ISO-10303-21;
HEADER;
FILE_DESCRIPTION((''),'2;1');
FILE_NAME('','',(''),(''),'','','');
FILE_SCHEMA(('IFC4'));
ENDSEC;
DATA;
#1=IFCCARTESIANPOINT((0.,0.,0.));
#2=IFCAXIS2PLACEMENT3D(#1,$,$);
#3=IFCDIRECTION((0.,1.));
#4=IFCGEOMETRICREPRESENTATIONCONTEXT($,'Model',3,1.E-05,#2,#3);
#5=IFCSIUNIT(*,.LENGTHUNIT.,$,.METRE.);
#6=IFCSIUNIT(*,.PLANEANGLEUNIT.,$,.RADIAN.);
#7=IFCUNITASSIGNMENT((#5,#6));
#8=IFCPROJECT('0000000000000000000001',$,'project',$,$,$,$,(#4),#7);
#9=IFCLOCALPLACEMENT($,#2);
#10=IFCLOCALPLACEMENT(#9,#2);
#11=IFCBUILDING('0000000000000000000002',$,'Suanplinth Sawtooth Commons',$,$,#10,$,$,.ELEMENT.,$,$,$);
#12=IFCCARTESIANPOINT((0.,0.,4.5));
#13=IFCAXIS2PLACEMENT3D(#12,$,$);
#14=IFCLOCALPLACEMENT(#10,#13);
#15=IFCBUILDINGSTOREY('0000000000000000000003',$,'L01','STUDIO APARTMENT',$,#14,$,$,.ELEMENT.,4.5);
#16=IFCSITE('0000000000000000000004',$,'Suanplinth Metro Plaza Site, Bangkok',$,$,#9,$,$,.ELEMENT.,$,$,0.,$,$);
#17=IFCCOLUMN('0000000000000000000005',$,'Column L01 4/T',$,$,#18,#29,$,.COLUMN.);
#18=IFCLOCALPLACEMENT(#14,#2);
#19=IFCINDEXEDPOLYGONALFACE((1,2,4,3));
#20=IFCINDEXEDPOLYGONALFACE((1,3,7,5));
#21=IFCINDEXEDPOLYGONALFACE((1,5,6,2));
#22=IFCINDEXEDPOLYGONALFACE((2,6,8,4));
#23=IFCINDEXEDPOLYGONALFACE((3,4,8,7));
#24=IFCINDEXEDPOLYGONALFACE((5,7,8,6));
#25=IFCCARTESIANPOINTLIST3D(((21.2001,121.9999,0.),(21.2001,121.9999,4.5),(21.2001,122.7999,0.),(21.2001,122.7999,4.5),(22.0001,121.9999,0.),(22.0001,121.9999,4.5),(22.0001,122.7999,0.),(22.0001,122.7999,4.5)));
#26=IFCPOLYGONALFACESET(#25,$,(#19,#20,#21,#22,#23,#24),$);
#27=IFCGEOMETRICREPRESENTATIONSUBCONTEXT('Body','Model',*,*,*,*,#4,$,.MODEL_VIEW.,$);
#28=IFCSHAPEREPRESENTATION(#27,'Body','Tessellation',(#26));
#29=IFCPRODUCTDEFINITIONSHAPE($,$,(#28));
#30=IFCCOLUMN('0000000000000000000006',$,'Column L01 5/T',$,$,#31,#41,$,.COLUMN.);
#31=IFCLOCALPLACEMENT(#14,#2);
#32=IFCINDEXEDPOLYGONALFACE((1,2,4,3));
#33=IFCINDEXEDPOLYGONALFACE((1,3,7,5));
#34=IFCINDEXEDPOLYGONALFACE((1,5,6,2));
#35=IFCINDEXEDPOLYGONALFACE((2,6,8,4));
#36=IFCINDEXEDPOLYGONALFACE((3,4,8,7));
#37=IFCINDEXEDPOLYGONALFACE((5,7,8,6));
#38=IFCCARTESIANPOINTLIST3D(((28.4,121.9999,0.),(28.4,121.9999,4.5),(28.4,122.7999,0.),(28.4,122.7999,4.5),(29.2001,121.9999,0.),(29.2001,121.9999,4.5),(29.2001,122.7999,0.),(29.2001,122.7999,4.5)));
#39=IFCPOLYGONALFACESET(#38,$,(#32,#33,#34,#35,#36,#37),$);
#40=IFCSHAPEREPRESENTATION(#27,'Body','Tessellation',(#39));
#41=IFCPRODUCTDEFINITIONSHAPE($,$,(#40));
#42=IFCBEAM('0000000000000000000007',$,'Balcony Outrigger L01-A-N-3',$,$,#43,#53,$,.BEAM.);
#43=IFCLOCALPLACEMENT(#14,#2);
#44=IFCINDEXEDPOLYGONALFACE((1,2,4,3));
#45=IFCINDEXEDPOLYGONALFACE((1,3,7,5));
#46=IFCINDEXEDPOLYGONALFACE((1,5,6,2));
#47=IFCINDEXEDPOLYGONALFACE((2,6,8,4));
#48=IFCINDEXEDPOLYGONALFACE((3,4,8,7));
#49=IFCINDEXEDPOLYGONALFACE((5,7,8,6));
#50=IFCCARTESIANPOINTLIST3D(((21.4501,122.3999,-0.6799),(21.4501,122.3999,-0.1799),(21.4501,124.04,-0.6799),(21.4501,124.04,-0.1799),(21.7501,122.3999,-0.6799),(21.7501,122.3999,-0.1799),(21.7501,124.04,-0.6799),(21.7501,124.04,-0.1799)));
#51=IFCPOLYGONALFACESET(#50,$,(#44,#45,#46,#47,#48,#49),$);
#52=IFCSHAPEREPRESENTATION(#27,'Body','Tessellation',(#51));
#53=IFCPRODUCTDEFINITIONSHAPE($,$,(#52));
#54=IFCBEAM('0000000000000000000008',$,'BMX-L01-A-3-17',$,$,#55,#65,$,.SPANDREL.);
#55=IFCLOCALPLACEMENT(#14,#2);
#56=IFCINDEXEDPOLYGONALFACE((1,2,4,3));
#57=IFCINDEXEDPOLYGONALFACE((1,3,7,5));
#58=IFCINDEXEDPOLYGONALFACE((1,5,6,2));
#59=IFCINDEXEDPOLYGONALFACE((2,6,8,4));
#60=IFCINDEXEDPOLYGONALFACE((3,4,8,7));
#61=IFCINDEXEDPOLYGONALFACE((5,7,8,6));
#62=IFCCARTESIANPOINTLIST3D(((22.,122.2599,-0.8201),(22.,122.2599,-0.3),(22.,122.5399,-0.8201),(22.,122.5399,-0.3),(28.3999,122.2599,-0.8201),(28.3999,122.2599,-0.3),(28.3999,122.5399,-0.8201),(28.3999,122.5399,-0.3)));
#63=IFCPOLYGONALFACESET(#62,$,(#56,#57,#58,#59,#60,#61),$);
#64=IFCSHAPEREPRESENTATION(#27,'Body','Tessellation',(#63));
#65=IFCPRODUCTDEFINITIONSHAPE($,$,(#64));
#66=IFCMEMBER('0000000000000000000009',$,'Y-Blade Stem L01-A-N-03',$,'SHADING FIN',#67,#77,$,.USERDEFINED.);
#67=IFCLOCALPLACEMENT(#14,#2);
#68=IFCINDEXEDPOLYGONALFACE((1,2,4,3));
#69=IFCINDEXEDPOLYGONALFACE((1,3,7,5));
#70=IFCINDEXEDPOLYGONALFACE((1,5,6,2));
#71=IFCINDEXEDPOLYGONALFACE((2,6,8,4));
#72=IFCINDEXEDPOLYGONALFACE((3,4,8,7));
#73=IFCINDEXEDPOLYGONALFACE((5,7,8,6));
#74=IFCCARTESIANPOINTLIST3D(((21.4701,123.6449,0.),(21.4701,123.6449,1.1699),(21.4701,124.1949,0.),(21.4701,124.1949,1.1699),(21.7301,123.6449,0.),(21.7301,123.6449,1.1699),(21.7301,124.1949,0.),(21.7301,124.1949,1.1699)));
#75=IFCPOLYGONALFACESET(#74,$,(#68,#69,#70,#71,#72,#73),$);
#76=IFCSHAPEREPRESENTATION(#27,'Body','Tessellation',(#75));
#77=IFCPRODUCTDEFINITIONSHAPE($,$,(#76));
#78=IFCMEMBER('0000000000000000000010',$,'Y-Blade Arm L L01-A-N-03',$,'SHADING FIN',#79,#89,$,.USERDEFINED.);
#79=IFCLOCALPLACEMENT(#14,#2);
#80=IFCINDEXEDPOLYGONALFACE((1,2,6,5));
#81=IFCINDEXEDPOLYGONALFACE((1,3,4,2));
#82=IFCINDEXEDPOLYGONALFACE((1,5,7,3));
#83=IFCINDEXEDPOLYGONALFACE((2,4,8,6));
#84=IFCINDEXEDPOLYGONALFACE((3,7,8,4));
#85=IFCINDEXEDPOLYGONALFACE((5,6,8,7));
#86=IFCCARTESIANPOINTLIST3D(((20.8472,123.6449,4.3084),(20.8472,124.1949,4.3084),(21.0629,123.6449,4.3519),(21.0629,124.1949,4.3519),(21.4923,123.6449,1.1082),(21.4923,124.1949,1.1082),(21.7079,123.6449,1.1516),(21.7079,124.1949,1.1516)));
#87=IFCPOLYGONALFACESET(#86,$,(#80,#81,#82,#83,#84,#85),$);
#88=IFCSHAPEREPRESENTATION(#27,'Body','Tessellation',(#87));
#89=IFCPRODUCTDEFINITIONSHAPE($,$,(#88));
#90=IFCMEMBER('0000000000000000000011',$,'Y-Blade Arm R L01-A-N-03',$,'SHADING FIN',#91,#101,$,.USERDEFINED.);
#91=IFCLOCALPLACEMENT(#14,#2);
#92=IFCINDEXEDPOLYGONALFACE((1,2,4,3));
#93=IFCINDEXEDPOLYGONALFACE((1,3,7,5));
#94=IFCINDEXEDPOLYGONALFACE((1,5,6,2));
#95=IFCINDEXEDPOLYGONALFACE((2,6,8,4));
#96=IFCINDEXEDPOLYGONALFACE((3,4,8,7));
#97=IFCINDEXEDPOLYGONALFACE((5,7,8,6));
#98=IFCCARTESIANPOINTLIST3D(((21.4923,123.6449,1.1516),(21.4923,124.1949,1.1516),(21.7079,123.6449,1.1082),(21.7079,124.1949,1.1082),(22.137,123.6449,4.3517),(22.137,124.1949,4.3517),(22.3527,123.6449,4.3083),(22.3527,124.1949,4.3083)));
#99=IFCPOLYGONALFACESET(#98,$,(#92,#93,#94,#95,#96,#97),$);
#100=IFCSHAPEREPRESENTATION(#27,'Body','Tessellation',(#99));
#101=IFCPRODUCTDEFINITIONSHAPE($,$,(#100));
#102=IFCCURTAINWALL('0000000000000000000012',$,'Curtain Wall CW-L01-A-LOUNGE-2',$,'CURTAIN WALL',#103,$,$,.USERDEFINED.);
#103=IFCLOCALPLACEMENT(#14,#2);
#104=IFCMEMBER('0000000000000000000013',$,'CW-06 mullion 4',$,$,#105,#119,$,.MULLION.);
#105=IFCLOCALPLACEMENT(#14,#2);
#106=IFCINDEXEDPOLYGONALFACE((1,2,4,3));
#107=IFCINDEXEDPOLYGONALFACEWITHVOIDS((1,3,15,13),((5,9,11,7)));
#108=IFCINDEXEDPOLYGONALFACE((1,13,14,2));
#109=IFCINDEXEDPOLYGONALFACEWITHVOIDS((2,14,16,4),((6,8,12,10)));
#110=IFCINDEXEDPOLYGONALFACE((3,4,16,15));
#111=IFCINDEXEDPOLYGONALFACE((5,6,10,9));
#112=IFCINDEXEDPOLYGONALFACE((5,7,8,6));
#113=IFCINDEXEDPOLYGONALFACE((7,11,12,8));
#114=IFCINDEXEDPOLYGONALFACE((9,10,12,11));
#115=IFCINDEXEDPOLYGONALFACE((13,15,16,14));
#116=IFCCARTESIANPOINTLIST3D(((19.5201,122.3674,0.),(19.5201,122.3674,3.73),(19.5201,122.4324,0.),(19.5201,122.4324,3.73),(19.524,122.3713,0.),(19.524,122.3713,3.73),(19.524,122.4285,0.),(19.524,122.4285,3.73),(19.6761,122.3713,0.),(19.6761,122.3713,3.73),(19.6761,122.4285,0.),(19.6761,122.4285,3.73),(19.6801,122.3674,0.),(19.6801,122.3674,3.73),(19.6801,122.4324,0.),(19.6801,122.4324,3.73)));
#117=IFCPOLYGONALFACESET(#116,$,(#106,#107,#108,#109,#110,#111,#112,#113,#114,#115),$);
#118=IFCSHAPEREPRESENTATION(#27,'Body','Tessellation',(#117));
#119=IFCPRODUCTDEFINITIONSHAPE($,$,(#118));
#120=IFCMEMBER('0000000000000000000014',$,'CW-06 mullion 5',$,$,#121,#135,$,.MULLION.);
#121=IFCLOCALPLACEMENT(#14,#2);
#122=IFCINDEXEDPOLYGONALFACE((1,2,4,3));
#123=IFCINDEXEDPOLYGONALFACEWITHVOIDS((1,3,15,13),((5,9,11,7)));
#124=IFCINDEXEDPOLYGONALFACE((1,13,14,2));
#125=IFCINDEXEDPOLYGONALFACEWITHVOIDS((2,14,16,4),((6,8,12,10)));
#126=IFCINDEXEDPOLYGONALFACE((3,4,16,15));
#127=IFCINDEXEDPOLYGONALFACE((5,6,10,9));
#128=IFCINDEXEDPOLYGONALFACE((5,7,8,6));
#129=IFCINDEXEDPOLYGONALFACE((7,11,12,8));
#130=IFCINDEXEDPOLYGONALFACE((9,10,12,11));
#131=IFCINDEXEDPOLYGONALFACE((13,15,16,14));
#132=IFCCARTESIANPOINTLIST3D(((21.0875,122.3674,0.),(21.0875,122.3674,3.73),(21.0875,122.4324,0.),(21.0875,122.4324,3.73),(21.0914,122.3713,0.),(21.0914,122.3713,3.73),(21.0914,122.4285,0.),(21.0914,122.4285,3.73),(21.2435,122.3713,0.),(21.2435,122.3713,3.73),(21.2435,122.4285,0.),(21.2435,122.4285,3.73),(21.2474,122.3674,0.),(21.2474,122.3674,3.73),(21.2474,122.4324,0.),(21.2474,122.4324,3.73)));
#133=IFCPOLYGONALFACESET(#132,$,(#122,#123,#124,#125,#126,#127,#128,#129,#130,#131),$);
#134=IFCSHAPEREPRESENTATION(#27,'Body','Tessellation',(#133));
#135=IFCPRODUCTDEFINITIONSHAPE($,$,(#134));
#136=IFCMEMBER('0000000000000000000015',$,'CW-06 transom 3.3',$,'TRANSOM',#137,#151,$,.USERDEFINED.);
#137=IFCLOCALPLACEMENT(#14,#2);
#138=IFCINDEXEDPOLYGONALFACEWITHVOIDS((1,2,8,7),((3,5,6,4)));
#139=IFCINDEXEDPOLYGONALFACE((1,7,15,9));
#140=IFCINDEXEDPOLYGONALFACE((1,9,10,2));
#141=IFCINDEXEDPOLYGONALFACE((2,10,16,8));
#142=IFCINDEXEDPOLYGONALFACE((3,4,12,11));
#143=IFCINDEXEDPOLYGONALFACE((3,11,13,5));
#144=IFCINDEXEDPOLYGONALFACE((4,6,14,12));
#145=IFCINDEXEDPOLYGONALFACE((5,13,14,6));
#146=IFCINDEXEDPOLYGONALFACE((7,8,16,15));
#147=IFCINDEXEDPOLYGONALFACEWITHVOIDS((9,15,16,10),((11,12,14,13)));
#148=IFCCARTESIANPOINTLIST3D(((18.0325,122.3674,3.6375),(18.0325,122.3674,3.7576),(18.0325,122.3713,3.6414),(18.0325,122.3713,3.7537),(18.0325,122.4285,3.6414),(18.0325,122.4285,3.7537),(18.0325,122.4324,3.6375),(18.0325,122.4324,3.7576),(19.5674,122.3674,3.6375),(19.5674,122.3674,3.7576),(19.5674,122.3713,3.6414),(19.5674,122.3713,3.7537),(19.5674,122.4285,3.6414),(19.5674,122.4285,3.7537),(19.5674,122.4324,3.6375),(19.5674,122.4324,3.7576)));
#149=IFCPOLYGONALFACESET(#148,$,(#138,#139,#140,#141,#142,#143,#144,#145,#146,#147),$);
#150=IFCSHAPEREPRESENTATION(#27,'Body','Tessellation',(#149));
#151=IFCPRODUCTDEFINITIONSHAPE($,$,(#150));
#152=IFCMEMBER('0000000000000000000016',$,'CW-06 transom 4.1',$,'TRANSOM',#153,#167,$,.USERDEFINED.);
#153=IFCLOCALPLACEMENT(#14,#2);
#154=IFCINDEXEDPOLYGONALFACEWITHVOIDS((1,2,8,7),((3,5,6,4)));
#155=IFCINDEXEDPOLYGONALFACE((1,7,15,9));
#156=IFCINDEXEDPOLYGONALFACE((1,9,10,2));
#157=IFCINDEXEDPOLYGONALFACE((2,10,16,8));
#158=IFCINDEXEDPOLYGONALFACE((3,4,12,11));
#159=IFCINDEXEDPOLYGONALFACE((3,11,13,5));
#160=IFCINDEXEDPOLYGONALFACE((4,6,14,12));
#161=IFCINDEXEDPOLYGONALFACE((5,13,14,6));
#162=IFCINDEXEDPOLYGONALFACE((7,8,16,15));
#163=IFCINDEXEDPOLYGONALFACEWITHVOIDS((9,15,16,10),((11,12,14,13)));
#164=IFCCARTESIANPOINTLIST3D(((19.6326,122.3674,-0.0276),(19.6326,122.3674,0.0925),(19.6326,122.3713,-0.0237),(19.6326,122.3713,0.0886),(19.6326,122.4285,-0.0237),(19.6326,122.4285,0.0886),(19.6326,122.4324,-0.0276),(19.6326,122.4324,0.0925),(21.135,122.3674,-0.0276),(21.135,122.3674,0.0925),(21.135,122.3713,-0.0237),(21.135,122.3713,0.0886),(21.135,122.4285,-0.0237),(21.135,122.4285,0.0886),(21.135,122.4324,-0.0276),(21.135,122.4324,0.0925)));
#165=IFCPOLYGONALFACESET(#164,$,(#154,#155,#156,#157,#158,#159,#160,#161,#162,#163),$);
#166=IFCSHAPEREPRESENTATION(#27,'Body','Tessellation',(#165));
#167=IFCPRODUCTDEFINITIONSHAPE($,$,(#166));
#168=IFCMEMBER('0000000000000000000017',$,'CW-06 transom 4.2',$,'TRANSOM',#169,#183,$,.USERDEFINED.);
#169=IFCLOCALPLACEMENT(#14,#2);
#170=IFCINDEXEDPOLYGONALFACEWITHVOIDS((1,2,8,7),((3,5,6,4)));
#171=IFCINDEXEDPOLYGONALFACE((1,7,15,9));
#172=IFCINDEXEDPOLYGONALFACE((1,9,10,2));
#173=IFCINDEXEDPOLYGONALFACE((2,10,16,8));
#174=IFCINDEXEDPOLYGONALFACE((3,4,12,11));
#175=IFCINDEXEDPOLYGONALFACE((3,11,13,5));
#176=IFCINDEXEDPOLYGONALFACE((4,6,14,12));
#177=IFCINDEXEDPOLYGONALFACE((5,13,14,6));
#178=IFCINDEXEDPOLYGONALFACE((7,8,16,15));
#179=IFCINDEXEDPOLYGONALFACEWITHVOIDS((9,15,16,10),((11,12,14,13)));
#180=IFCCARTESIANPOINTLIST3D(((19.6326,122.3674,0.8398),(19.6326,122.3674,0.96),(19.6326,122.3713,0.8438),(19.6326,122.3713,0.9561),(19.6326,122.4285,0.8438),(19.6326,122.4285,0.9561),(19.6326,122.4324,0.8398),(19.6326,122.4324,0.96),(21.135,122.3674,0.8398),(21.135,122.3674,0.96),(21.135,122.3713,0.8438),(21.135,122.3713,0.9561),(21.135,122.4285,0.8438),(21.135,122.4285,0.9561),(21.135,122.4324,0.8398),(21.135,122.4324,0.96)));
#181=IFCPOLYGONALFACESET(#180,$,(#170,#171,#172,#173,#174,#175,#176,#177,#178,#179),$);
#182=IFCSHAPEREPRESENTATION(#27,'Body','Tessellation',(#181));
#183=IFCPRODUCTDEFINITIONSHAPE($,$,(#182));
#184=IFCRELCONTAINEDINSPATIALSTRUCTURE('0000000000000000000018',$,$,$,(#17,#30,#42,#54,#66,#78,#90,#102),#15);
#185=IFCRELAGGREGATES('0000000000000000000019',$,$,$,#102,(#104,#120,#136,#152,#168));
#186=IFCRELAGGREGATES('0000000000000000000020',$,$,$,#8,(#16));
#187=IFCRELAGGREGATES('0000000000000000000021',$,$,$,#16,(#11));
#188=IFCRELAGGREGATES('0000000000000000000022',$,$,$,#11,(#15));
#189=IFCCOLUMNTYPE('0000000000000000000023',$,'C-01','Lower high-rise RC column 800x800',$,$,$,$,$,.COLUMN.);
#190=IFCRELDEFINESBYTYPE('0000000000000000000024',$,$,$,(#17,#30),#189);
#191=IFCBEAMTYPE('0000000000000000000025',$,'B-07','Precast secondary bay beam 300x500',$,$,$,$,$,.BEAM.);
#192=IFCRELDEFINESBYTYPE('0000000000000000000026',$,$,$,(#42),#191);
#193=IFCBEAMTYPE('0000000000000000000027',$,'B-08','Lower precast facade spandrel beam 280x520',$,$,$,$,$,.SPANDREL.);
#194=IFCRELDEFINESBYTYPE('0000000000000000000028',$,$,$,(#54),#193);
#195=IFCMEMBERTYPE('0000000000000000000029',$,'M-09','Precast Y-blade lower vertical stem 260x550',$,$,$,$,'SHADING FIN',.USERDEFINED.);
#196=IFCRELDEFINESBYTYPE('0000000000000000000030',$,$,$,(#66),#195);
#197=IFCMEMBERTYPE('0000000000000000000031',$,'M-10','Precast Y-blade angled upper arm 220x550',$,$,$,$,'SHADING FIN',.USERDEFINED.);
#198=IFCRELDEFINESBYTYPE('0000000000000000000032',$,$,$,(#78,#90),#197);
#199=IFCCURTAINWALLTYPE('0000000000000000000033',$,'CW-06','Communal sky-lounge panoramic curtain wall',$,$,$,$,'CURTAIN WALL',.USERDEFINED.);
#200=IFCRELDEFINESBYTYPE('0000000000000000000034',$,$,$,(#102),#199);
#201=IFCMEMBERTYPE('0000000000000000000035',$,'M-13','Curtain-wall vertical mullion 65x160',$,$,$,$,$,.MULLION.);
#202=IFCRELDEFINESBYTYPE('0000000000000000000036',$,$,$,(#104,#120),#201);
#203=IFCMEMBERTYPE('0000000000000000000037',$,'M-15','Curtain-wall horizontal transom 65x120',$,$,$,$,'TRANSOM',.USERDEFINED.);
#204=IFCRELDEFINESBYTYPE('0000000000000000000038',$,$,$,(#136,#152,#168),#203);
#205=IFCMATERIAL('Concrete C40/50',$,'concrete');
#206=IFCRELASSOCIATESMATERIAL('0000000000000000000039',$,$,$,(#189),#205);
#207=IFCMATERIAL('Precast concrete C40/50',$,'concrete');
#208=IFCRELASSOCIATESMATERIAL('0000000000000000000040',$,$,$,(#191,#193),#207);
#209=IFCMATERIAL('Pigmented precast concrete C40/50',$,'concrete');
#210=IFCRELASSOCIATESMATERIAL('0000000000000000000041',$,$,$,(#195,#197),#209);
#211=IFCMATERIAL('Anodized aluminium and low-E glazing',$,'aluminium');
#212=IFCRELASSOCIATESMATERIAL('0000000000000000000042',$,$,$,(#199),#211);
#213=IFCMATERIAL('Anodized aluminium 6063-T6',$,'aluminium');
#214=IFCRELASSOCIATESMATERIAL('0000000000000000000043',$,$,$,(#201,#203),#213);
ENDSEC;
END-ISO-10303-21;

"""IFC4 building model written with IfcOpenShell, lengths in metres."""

from ifc_helpers import new_model, si_unit, direction, frame, origin, origin_2d, place, context, subcontext, project, spatial, rectangle, hollow_rectangle, extrude, material, material_profile, profile_set, type_object, element, aggregate, save


model = new_model("IFC4")

# Units and contexts
model_context = context("Model", 3, precision=1e-05, world=origin(), true_north=direction((0.0, 1.0)))
body_context = subcontext(model_context, "Body", "Model", "MODEL_VIEW")
ifc_project = project(units=[si_unit("LENGTHUNIT", "METRE"), si_unit("PLANEANGLEUNIT", "RADIAN")], contexts=[model_context])

# Site, building, storey
site_placement = place(None, origin())
site = spatial("IfcSite", under=ifc_project, at=site_placement, Name="Suanplinth Metro Plaza Site, Bangkok", CompositionType="ELEMENT", RefElevation=0.0)
building_placement = place(site_placement, origin())
building = spatial("IfcBuilding", under=site, at=building_placement, Name="Suanplinth Sawtooth Commons", CompositionType="ELEMENT")
storey_placement = place(building_placement, frame((0.0, 0.0, 4.5)))
storey = spatial("IfcBuildingStorey", under=building, at=storey_placement, Name="L01", Description="STUDIO APARTMENT", CompositionType="ELEMENT", Elevation=4.5)

# Columns
ifc_material_1 = material(Name="Concrete C40/50", Category="concrete")
ifc_material_profile_1 = material_profile(ifc_material_1, rectangle(XDim=0.8, YDim=0.8, at=origin_2d()), Name="RC-COL 800x800")
ifc_profile_set_1 = profile_set([ifc_material_profile_1], Name="Concrete C40/50")
column_type = type_object("IfcColumnType", Name="C-01", Description="Lower high-rise RC column 800x800", PredefinedType="COLUMN", material=ifc_profile_set_1)
for number, where, z_axis, x_axis, name in (
    (1, (21.6001, 122.3999, 0.0), (0.0, 0.0, 1.0), (1.0, 0.0, 0.0), "Column L01 4/T"),
    (2, (28.8, 122.3999, 0.0), (0.0, 0.0, 1.0), (1.0, 0.0, 0.0), "Column L01 5/T"),
):
    element("IfcColumn", number, at=place(storey_placement, frame(where, z_axis=z_axis, x_axis=x_axis)), inside=storey, type_object=column_type, Name=name, PredefinedType="COLUMN", context=body_context, shape_type="SweptSolid", body=[
        extrude(rectangle(XDim=0.8, YDim=0.8, at=origin_2d()), origin(), (0.0, 0.0, 1.0), 4.5),
    ])

# Beams
ifc_material_2 = material(Name="Precast concrete C40/50", Category="concrete")
ifc_material_profile_2 = material_profile(ifc_material_2, rectangle(XDim=0.3, YDim=0.5, at=origin_2d()), Name="PC-BM 300x500")
ifc_profile_set_2 = profile_set([ifc_material_profile_2], Name="Precast concrete C40/50")
beam_type_1 = type_object("IfcBeamType", Name="B-07", Description="Precast secondary bay beam 300x500", PredefinedType="BEAM", material=ifc_profile_set_2)
beam_1_placement = place(storey_placement, frame((21.6001, 122.3999, -0.4299), z_axis=(0.0, 1.0, 0.0), x_axis=(-1.0, 0.0, 0.0)))
element("IfcBeam", 3, at=beam_1_placement, inside=storey, type_object=beam_type_1, Name="Balcony Outrigger L01-A-N-3", PredefinedType="BEAM", context=body_context, shape_type="SweptSolid", body=[
    extrude(rectangle(XDim=0.3, YDim=0.5, at=origin_2d()), origin(), (0.0, 0.0, 1.0), 1.6401),
])
ifc_material_profile_3 = material_profile(ifc_material_2, rectangle(XDim=0.28, YDim=0.52, at=origin_2d()), Name="PC-SP 280x520")
ifc_profile_set_3 = profile_set([ifc_material_profile_3], Name="Precast concrete C40/50")
beam_type_2 = type_object("IfcBeamType", Name="B-08", Description="Lower precast facade spandrel beam 280x520", PredefinedType="SPANDREL", material=ifc_profile_set_3)
beam_2_placement = place(storey_placement, frame((22.0, 122.3999, -0.5601), z_axis=(1.0, 0.0, 0.0), x_axis=(0.0, 1.0, 0.0)))
element("IfcBeam", 4, at=beam_2_placement, inside=storey, type_object=beam_type_2, Name="BMX-L01-A-3-17", PredefinedType="SPANDREL", context=body_context, shape_type="SweptSolid", body=[
    extrude(rectangle(XDim=0.28, YDim=0.52, at=origin_2d()), origin(), (0.0, 0.0, 1.0), 6.3999),
])

# Members
ifc_material_3 = material(Name="Pigmented precast concrete C40/50", Category="concrete")
ifc_material_profile_4 = material_profile(ifc_material_3, rectangle(XDim=0.26, YDim=0.55, at=origin_2d()), Name="PC-FIN 260x550")
ifc_profile_set_4 = profile_set([ifc_material_profile_4], Name="Pigmented precast concrete C40/50")
member_type_1 = type_object("IfcMemberType", Name="M-09", Description="Precast Y-blade lower vertical stem 260x550", ElementType="SHADING FIN", PredefinedType="USERDEFINED", material=ifc_profile_set_4)
member_1_placement = place(storey_placement, frame((21.6001, 123.9199, 0.0), z_axis=(0.0, 0.0, 1.0), x_axis=(1.0, 0.0, 0.0)))
element("IfcMember", 5, at=member_1_placement, inside=storey, type_object=member_type_1, Name="Y-Blade Stem L01-A-N-03", ObjectType="SHADING FIN", PredefinedType="USERDEFINED", context=body_context, shape_type="SweptSolid", body=[
    extrude(rectangle(XDim=0.26, YDim=0.55, at=origin_2d()), origin(), (0.0, 0.0, 1.0), 1.1699),
])
ifc_material_profile_5 = material_profile(ifc_material_3, rectangle(XDim=0.22, YDim=0.55, at=origin_2d()), Name="PC-FIN 220x550")
ifc_profile_set_5 = profile_set([ifc_material_profile_5], Name="Pigmented precast concrete C40/50")
member_type_2 = type_object("IfcMemberType", Name="M-10", Description="Precast Y-blade angled upper arm 220x550", ElementType="SHADING FIN", PredefinedType="USERDEFINED", material=ifc_profile_set_5)
member_2_placement = place(storey_placement, frame((21.6001, 123.9199, 1.1299), z_axis=(-0.197583, 0.0, 0.980286), x_axis=(0.980286, 0.0, 0.197583)))
element("IfcMember", 6, at=member_2_placement, inside=storey, type_object=member_type_2, Name="Y-Blade Arm L L01-A-N-03", ObjectType="SHADING FIN", PredefinedType="USERDEFINED", context=body_context, shape_type="SweptSolid", body=[
    extrude(rectangle(XDim=0.22, YDim=0.55, at=origin_2d()), origin(), (0.0, 0.0, 1.0), 3.2646),
])
member_3_placement = place(storey_placement, frame((21.6001, 123.9199, 1.1299), z_axis=(0.197511, 0.0, 0.980301), x_axis=(-0.980301, 0.0, 0.197511)))
element("IfcMember", 7, at=member_3_placement, inside=storey, type_object=member_type_2, Name="Y-Blade Arm R L01-A-N-03", ObjectType="SHADING FIN", PredefinedType="USERDEFINED", context=body_context, shape_type="SweptSolid", body=[
    extrude(rectangle(XDim=0.22, YDim=0.55, at=origin_2d()), origin(), (0.0, 0.0, 1.0), 3.2644),
])

# Curtain wall, members
ifc_material_4 = material(Name="Anodized aluminium and low-E glazing", Category="aluminium")
curtain_wall_type = type_object("IfcCurtainWallType", Name="CW-06", Description="Communal sky-lounge panoramic curtain wall", ElementType="CURTAIN WALL", PredefinedType="USERDEFINED", material=ifc_material_4)
curtain_wall_placement = place(storey_placement, origin())
curtain_wall = element("IfcCurtainWall", 8, at=curtain_wall_placement, inside=storey, type_object=curtain_wall_type, Name="Curtain Wall CW-L01-A-LOUNGE-2", ObjectType="CURTAIN WALL", PredefinedType="USERDEFINED")
ifc_material_5 = material(Name="Anodized aluminium 6063-T6", Category="aluminium")
ifc_material_profile_6 = material_profile(ifc_material_5, hollow_rectangle(XDim=0.0649, YDim=0.1599, WallThickness=0.0039, at=origin_2d()), Name="ALU-MUL 65x160")
ifc_profile_set_6 = profile_set([ifc_material_profile_6], Name="Anodized aluminium 6063-T6")
member_type_3 = type_object("IfcMemberType", Name="M-13", Description="Curtain-wall vertical mullion 65x160", PredefinedType="MULLION", material=ifc_profile_set_6)
member_4_placement = place(storey_placement, frame((19.6001, 122.3999, 0.0), z_axis=(0.0, 0.0, 1.0), x_axis=(0.0, 1.0, 0.0)))
member_4 = element("IfcMember", 9, at=member_4_placement, type_object=member_type_3, Name="CW-06 mullion 4", PredefinedType="MULLION", context=body_context, shape_type="SweptSolid", body=[
    extrude(hollow_rectangle(XDim=0.0649, YDim=0.1599, WallThickness=0.0039, at=origin_2d()), origin(), (0.0, 0.0, 1.0), 3.73),
])
member_5_placement = place(storey_placement, frame((21.1675, 122.3999, 0.0), z_axis=(0.0, 0.0, 1.0), x_axis=(0.0, 1.0, 0.0)))
member_5 = element("IfcMember", 10, at=member_5_placement, type_object=member_type_3, Name="CW-06 mullion 5", PredefinedType="MULLION", context=body_context, shape_type="SweptSolid", body=[
    extrude(hollow_rectangle(XDim=0.0649, YDim=0.1599, WallThickness=0.0039, at=origin_2d()), origin(), (0.0, 0.0, 1.0), 3.73),
])
ifc_material_profile_7 = material_profile(ifc_material_5, hollow_rectangle(XDim=0.0649, YDim=0.1201, WallThickness=0.0039, at=origin_2d()), Name="ALU-TRN 65x120")
ifc_profile_set_7 = profile_set([ifc_material_profile_7], Name="Anodized aluminium 6063-T6")
member_type_4 = type_object("IfcMemberType", Name="M-15", Description="Curtain-wall horizontal transom 65x120", ElementType="TRANSOM", PredefinedType="USERDEFINED", material=ifc_profile_set_7)
member_6_placement = place(storey_placement, frame((18.0325, 122.3999, 3.6975), z_axis=(1.0, 0.0, 0.0), x_axis=(0.0, 1.0, 0.0)))
member_6 = element("IfcMember", 11, at=member_6_placement, type_object=member_type_4, Name="CW-06 transom 3.3", ObjectType="TRANSOM", PredefinedType="USERDEFINED", context=body_context, shape_type="SweptSolid", body=[
    extrude(hollow_rectangle(XDim=0.0649, YDim=0.1201, WallThickness=0.0039, at=origin_2d()), origin(), (0.0, 0.0, 1.0), 1.5349),
])
member_7_placement = place(storey_placement, frame((19.6326, 122.3999, 0.0325), z_axis=(1.0, 0.0, 0.0), x_axis=(0.0, 1.0, 0.0)))
member_7 = element("IfcMember", 12, at=member_7_placement, type_object=member_type_4, Name="CW-06 transom 4.1", ObjectType="TRANSOM", PredefinedType="USERDEFINED", context=body_context, shape_type="SweptSolid", body=[
    extrude(hollow_rectangle(XDim=0.0649, YDim=0.1201, WallThickness=0.0039, at=origin_2d()), origin(), (0.0, 0.0, 1.0), 1.5024),
])
member_8_placement = place(storey_placement, frame((19.6326, 122.3999, 0.8999), z_axis=(1.0, 0.0, 0.0), x_axis=(0.0, 1.0, 0.0)))
member_8 = element("IfcMember", 13, at=member_8_placement, type_object=member_type_4, Name="CW-06 transom 4.2", ObjectType="TRANSOM", PredefinedType="USERDEFINED", context=body_context, shape_type="SweptSolid", body=[
    extrude(hollow_rectangle(XDim=0.0649, YDim=0.1201, WallThickness=0.0039, at=origin_2d()), origin(), (0.0, 0.0, 1.0), 1.5024),
])

aggregate(curtain_wall, [member_4, member_5, member_6, member_7, member_8])

save(model, "model.ifc")
